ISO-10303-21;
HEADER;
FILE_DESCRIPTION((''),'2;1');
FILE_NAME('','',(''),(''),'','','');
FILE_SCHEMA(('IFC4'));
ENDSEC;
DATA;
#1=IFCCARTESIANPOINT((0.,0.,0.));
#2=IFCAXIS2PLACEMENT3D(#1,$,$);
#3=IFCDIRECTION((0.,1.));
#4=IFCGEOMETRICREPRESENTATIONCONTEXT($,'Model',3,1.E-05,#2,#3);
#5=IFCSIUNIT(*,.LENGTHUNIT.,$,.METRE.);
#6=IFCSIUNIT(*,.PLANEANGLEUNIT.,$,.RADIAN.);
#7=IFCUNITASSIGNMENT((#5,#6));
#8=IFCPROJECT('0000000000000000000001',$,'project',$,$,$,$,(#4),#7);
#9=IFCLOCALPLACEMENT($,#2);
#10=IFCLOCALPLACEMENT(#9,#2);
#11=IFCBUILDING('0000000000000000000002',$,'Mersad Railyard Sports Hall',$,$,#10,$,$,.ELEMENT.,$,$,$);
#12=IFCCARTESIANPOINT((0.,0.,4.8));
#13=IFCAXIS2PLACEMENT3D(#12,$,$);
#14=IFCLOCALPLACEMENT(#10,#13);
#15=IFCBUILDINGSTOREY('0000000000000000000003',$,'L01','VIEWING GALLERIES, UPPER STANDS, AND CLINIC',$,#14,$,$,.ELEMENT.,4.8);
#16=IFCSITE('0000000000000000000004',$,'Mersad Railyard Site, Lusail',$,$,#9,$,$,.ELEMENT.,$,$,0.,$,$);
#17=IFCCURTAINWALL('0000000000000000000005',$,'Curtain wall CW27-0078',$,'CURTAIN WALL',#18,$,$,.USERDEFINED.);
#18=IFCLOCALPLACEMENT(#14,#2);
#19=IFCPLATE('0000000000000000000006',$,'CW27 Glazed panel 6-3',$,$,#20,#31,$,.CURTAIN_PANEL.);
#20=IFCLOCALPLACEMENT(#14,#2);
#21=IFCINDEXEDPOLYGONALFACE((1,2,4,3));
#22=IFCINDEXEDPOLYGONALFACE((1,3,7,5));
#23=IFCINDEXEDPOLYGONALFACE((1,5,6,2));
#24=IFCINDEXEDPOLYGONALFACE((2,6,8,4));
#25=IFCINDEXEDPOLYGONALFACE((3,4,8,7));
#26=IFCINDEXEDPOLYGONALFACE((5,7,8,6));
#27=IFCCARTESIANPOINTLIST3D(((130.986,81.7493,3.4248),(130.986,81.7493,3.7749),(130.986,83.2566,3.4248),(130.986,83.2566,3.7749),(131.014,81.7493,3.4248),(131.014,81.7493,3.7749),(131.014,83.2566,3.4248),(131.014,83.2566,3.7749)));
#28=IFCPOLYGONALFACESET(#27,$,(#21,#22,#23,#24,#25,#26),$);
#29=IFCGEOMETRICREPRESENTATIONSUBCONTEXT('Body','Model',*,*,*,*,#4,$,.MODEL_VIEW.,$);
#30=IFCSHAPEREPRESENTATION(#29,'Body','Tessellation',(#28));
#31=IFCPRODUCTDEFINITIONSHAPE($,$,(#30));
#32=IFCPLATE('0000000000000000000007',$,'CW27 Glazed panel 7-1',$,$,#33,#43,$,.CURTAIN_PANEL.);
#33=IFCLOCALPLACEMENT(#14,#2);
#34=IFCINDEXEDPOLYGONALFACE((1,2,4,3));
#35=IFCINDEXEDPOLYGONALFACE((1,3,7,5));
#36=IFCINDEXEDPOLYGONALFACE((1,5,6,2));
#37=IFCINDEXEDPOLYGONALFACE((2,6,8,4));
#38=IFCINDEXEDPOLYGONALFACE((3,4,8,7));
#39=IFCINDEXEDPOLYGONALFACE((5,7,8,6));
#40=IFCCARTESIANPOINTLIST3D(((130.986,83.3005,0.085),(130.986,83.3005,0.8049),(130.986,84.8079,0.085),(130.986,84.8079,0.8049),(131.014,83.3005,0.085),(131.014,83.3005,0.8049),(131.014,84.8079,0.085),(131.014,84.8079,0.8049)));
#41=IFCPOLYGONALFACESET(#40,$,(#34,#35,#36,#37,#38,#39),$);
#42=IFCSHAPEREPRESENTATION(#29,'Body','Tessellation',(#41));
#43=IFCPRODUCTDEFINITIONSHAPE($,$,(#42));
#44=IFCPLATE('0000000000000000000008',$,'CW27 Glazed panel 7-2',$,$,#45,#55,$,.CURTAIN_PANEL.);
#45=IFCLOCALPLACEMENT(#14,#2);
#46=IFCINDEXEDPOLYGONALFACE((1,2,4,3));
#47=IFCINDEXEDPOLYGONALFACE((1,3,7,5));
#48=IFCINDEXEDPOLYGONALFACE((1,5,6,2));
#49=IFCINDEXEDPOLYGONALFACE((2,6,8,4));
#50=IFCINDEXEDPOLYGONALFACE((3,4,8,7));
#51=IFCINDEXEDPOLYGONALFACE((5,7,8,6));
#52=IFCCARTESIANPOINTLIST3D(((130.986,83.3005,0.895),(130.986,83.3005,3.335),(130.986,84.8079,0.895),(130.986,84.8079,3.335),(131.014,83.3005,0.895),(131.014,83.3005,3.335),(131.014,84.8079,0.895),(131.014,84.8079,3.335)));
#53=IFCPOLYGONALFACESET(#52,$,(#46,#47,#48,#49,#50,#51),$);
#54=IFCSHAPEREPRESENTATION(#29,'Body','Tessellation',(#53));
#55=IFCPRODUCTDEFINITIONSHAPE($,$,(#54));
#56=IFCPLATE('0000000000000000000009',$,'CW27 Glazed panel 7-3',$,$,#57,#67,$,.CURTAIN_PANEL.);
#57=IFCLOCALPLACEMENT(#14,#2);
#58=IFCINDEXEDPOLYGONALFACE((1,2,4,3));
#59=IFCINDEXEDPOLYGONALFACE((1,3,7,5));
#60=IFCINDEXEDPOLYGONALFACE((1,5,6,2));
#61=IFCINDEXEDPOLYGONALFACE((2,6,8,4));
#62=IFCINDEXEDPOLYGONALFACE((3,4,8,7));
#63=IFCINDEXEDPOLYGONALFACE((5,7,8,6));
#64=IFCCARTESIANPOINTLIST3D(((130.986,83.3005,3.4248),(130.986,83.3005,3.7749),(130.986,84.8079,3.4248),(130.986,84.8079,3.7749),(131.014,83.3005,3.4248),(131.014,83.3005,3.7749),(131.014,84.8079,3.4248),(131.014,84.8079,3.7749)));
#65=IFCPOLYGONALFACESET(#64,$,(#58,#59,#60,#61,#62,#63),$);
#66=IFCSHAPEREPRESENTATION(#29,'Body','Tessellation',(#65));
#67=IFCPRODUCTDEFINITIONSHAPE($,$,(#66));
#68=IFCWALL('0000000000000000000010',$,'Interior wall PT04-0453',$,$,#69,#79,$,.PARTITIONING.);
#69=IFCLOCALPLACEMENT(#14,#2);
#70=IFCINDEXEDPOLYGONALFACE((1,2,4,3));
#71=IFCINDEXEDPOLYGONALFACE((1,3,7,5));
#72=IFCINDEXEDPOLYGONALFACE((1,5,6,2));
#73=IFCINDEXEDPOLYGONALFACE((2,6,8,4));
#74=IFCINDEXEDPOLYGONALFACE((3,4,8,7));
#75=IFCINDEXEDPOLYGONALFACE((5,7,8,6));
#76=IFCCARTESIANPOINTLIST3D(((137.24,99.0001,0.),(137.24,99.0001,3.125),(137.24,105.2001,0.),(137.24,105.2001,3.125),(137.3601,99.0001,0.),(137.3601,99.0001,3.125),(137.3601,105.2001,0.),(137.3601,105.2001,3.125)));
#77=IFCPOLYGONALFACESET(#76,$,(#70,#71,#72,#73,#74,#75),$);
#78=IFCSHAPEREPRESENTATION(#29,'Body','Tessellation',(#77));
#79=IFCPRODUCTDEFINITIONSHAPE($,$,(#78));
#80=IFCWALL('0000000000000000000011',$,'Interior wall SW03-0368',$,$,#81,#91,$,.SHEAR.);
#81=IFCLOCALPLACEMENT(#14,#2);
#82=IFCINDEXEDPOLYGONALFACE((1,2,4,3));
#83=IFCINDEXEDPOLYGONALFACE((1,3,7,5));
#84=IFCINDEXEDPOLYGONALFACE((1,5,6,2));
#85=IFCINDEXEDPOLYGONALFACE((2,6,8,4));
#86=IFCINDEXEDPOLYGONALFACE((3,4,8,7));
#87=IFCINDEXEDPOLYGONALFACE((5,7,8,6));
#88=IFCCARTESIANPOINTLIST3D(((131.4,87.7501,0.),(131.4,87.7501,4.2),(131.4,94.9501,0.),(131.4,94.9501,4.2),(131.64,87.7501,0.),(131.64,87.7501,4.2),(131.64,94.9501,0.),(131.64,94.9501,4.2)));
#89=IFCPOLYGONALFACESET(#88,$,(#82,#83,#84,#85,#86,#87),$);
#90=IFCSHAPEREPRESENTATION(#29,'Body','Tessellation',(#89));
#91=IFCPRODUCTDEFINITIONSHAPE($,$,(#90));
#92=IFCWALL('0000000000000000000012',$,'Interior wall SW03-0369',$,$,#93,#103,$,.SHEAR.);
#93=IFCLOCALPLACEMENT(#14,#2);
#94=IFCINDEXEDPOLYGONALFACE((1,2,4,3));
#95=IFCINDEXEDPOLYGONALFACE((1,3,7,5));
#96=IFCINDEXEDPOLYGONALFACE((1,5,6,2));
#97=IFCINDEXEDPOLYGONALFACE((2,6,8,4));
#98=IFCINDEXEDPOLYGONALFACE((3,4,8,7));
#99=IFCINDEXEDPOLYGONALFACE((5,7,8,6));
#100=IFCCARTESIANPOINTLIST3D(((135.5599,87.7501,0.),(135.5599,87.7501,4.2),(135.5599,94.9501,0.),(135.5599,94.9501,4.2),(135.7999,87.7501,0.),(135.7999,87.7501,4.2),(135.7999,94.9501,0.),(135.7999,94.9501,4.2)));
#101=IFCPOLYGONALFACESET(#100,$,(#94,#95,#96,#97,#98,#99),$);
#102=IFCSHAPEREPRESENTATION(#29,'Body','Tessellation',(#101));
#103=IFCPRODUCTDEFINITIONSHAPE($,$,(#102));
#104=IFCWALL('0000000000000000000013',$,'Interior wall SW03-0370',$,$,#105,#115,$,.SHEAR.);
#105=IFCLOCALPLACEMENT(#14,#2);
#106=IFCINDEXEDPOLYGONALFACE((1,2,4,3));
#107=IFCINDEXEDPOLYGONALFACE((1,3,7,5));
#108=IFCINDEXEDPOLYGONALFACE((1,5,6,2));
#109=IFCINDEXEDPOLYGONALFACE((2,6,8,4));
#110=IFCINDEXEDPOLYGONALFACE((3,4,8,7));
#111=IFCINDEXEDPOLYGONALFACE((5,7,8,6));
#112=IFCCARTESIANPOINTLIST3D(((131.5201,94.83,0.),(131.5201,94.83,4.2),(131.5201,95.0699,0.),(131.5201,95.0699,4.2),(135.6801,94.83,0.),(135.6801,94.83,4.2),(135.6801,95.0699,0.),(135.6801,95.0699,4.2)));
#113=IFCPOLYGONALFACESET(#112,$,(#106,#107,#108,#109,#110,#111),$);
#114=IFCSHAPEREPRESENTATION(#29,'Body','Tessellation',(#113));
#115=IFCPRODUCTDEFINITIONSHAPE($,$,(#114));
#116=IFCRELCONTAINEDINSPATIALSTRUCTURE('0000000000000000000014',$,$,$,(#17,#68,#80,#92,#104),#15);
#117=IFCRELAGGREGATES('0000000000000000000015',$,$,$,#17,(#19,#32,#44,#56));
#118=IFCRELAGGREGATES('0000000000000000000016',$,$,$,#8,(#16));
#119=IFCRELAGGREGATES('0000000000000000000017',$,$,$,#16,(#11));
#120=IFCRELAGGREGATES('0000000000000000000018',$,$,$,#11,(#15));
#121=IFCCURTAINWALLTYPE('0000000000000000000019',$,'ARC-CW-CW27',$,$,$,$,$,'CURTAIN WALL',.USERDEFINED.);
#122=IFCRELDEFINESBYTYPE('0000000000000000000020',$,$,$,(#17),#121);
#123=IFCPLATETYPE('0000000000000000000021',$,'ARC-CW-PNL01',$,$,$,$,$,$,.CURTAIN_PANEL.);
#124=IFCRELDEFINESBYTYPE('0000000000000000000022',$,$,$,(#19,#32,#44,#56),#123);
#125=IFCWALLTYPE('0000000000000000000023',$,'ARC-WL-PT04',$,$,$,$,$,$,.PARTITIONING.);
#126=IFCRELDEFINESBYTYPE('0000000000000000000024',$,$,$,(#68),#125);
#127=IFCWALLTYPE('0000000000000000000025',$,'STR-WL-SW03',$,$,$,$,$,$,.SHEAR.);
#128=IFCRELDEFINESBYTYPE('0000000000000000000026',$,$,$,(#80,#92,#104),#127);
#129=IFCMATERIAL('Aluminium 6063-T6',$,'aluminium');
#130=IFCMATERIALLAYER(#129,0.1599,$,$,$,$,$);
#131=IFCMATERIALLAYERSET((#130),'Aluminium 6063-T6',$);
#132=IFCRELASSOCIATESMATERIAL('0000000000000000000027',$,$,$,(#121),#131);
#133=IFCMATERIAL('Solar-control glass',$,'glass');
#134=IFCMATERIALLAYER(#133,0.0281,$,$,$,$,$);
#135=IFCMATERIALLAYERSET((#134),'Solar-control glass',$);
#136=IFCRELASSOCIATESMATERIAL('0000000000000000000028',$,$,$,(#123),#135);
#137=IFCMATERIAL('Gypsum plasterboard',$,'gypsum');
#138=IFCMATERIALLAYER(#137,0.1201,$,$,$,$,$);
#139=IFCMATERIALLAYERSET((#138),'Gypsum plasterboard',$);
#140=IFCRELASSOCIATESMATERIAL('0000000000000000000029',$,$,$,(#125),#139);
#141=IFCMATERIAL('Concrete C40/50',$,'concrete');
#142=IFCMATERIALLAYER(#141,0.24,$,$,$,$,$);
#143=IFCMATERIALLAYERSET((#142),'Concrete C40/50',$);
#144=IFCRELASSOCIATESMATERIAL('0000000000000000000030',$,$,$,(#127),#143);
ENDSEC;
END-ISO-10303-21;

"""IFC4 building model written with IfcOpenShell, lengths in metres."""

from ifc_helpers import new_model, si_unit, direction, frame, frame_2d, origin, origin_2d, place, context, subcontext, project, spatial, rectangle, extrude, material, layer, layer_set, type_object, element, aggregate, save


model = new_model("IFC4")

# Units and contexts
model_context = context("Model", 3, precision=1e-05, world=origin(), true_north=direction((0.0, 1.0)))
body_context = subcontext(model_context, "Body", "Model", "MODEL_VIEW")
ifc_project = project(units=[si_unit("LENGTHUNIT", "METRE"), si_unit("PLANEANGLEUNIT", "RADIAN")], contexts=[model_context])

# Site, building, storey
site_placement = place(None, origin())
site = spatial("IfcSite", under=ifc_project, at=site_placement, Name="Mersad Railyard Site, Lusail", CompositionType="ELEMENT", RefElevation=0.0)
building_placement = place(site_placement, origin())
building = spatial("IfcBuilding", under=site, at=building_placement, Name="Mersad Railyard Sports Hall", CompositionType="ELEMENT")
storey_placement = place(building_placement, frame((0.0, 0.0, 4.8)))
storey = spatial("IfcBuildingStorey", under=building, at=storey_placement, Name="L01", Description="VIEWING GALLERIES, UPPER STANDS, AND CLINIC", CompositionType="ELEMENT", Elevation=4.8)

# Shared definitions
ifc_material_1 = material(Name="Concrete C40/50", Category="concrete")

# Curtain wall
ifc_material_2 = material(Name="Aluminium 6063-T6", Category="aluminium")
ifc_layer_1 = layer(ifc_material_2, 0.1599)
ifc_layer_set_1 = layer_set([ifc_layer_1], Name="Aluminium 6063-T6")
curtain_wall_type = type_object("IfcCurtainWallType", Name="ARC-CW-CW27", ElementType="CURTAIN WALL", PredefinedType="USERDEFINED", material=ifc_layer_set_1)
curtain_wall_placement = place(storey_placement, origin())
curtain_wall = element("IfcCurtainWall", 1, at=curtain_wall_placement, inside=storey, type_object=curtain_wall_type, Name="Curtain wall CW27-0078", ObjectType="CURTAIN WALL", PredefinedType="USERDEFINED")

# Plates
ifc_material_3 = material(Name="Solar-control glass", Category="glass")
ifc_layer_2 = layer(ifc_material_3, 0.0281)
ifc_layer_set_2 = layer_set([ifc_layer_2], Name="Solar-control glass")
plate_type = type_object("IfcPlateType", Name="ARC-CW-PNL01", PredefinedType="CURTAIN_PANEL", material=ifc_layer_set_2)
plate_1_placement = place(storey_placement, frame((131.0, 82.5029, 3.4248), z_axis=(0.0, 0.0, 1.0), x_axis=(0.0, 1.0, 0.0)))
plate_1 = element("IfcPlate", 2, at=plate_1_placement, type_object=plate_type, Name="CW27 Glazed panel 6-3", PredefinedType="CURTAIN_PANEL", context=body_context, shape_type="SweptSolid", body=[
    extrude(rectangle(XDim=1.5073, YDim=0.0281, at=origin_2d()), origin(), (0.0, 0.0, 1.0), 0.3501),
])
plate_2_placement = place(storey_placement, frame((131.0, 84.0542, 0.085), z_axis=(0.0, 0.0, 1.0), x_axis=(0.0, 1.0, 0.0)))
plate_2 = element("IfcPlate", 3, at=plate_2_placement, type_object=plate_type, Name="CW27 Glazed panel 7-1", PredefinedType="CURTAIN_PANEL", context=body_context, shape_type="SweptSolid", body=[
    extrude(rectangle(XDim=1.5073, YDim=0.0281, at=origin_2d()), origin(), (0.0, 0.0, 1.0), 0.72),
])
plate_3_placement = place(storey_placement, frame((131.0, 84.0542, 0.895), z_axis=(0.0, 0.0, 1.0), x_axis=(0.0, 1.0, 0.0)))
plate_3 = element("IfcPlate", 4, at=plate_3_placement, type_object=plate_type, Name="CW27 Glazed panel 7-2", PredefinedType="CURTAIN_PANEL", context=body_context, shape_type="SweptSolid", body=[
    extrude(rectangle(XDim=1.5073, YDim=0.0281, at=origin_2d()), origin(), (0.0, 0.0, 1.0), 2.4399),
])
plate_4_placement = place(storey_placement, frame((131.0, 84.0542, 3.4248), z_axis=(0.0, 0.0, 1.0), x_axis=(0.0, 1.0, 0.0)))
plate_4 = element("IfcPlate", 5, at=plate_4_placement, type_object=plate_type, Name="CW27 Glazed panel 7-3", PredefinedType="CURTAIN_PANEL", context=body_context, shape_type="SweptSolid", body=[
    extrude(rectangle(XDim=1.5073, YDim=0.0281, at=origin_2d()), origin(), (0.0, 0.0, 1.0), 0.3501),
])
aggregate(curtain_wall, [plate_1, plate_2, plate_3, plate_4])

# Walls
ifc_material_4 = material(Name="Gypsum plasterboard", Category="gypsum")
ifc_layer_3 = layer(ifc_material_4, 0.1201)
ifc_layer_set_3 = layer_set([ifc_layer_3], Name="Gypsum plasterboard")
wall_type_1 = type_object("IfcWallType", Name="ARC-WL-PT04", PredefinedType="PARTITIONING", material=ifc_layer_set_3)
wall_1_placement = place(storey_placement, frame((137.3, 99.0, 0.0), z_axis=(0.0, 0.0, 1.0), x_axis=(0.0, 1.0, 0.0)))
element("IfcWall", 6, at=wall_1_placement, inside=storey, type_object=wall_type_1, Name="Interior wall PT04-0453", PredefinedType="PARTITIONING", context=body_context, shape_type="SweptSolid", body=[
    extrude(rectangle(XDim=6.2, YDim=0.1201, at=frame_2d((3.1001, 0.0))), origin(), (0.0, 0.0, 1.0), 3.125),
])
ifc_layer_4 = layer(ifc_material_1, 0.24)
ifc_layer_set_4 = layer_set([ifc_layer_4], Name="Concrete C40/50")
wall_type_2 = type_object("IfcWallType", Name="STR-WL-SW03", PredefinedType="SHEAR", material=ifc_layer_set_4)
for number, where, z_axis, x_axis, name in (
    (7, (131.52, 87.75, 0.0), (0.0, 0.0, 1.0), (0.0, 1.0, 0.0), "Interior wall SW03-0368"),
    (8, (135.6799, 87.75, 0.0), (0.0, 0.0, 1.0), (0.0, 1.0, 0.0), "Interior wall SW03-0369"),
):
    element("IfcWall", number, at=place(storey_placement, frame(where, z_axis=z_axis, x_axis=x_axis)), inside=storey, type_object=wall_type_2, Name=name, PredefinedType="SHEAR", context=body_context, shape_type="SweptSolid", body=[
        extrude(rectangle(XDim=7.2, YDim=0.24, at=frame_2d((3.6001, 0.0))), origin(), (0.0, 0.0, 1.0), 4.2),
    ])
wall_2_placement = place(storey_placement, frame((131.52, 94.95, 0.0), z_axis=(0.0, 0.0, 1.0), x_axis=(1.0, 0.0, 0.0)))
element("IfcWall", 9, at=wall_2_placement, inside=storey, type_object=wall_type_2, Name="Interior wall SW03-0370", PredefinedType="SHEAR", context=body_context, shape_type="SweptSolid", body=[
    extrude(rectangle(XDim=4.1599, YDim=0.24, at=frame_2d((2.0801, 0.0))), origin(), (0.0, 0.0, 1.0), 4.2),
])

save(model, "model.ifc")
